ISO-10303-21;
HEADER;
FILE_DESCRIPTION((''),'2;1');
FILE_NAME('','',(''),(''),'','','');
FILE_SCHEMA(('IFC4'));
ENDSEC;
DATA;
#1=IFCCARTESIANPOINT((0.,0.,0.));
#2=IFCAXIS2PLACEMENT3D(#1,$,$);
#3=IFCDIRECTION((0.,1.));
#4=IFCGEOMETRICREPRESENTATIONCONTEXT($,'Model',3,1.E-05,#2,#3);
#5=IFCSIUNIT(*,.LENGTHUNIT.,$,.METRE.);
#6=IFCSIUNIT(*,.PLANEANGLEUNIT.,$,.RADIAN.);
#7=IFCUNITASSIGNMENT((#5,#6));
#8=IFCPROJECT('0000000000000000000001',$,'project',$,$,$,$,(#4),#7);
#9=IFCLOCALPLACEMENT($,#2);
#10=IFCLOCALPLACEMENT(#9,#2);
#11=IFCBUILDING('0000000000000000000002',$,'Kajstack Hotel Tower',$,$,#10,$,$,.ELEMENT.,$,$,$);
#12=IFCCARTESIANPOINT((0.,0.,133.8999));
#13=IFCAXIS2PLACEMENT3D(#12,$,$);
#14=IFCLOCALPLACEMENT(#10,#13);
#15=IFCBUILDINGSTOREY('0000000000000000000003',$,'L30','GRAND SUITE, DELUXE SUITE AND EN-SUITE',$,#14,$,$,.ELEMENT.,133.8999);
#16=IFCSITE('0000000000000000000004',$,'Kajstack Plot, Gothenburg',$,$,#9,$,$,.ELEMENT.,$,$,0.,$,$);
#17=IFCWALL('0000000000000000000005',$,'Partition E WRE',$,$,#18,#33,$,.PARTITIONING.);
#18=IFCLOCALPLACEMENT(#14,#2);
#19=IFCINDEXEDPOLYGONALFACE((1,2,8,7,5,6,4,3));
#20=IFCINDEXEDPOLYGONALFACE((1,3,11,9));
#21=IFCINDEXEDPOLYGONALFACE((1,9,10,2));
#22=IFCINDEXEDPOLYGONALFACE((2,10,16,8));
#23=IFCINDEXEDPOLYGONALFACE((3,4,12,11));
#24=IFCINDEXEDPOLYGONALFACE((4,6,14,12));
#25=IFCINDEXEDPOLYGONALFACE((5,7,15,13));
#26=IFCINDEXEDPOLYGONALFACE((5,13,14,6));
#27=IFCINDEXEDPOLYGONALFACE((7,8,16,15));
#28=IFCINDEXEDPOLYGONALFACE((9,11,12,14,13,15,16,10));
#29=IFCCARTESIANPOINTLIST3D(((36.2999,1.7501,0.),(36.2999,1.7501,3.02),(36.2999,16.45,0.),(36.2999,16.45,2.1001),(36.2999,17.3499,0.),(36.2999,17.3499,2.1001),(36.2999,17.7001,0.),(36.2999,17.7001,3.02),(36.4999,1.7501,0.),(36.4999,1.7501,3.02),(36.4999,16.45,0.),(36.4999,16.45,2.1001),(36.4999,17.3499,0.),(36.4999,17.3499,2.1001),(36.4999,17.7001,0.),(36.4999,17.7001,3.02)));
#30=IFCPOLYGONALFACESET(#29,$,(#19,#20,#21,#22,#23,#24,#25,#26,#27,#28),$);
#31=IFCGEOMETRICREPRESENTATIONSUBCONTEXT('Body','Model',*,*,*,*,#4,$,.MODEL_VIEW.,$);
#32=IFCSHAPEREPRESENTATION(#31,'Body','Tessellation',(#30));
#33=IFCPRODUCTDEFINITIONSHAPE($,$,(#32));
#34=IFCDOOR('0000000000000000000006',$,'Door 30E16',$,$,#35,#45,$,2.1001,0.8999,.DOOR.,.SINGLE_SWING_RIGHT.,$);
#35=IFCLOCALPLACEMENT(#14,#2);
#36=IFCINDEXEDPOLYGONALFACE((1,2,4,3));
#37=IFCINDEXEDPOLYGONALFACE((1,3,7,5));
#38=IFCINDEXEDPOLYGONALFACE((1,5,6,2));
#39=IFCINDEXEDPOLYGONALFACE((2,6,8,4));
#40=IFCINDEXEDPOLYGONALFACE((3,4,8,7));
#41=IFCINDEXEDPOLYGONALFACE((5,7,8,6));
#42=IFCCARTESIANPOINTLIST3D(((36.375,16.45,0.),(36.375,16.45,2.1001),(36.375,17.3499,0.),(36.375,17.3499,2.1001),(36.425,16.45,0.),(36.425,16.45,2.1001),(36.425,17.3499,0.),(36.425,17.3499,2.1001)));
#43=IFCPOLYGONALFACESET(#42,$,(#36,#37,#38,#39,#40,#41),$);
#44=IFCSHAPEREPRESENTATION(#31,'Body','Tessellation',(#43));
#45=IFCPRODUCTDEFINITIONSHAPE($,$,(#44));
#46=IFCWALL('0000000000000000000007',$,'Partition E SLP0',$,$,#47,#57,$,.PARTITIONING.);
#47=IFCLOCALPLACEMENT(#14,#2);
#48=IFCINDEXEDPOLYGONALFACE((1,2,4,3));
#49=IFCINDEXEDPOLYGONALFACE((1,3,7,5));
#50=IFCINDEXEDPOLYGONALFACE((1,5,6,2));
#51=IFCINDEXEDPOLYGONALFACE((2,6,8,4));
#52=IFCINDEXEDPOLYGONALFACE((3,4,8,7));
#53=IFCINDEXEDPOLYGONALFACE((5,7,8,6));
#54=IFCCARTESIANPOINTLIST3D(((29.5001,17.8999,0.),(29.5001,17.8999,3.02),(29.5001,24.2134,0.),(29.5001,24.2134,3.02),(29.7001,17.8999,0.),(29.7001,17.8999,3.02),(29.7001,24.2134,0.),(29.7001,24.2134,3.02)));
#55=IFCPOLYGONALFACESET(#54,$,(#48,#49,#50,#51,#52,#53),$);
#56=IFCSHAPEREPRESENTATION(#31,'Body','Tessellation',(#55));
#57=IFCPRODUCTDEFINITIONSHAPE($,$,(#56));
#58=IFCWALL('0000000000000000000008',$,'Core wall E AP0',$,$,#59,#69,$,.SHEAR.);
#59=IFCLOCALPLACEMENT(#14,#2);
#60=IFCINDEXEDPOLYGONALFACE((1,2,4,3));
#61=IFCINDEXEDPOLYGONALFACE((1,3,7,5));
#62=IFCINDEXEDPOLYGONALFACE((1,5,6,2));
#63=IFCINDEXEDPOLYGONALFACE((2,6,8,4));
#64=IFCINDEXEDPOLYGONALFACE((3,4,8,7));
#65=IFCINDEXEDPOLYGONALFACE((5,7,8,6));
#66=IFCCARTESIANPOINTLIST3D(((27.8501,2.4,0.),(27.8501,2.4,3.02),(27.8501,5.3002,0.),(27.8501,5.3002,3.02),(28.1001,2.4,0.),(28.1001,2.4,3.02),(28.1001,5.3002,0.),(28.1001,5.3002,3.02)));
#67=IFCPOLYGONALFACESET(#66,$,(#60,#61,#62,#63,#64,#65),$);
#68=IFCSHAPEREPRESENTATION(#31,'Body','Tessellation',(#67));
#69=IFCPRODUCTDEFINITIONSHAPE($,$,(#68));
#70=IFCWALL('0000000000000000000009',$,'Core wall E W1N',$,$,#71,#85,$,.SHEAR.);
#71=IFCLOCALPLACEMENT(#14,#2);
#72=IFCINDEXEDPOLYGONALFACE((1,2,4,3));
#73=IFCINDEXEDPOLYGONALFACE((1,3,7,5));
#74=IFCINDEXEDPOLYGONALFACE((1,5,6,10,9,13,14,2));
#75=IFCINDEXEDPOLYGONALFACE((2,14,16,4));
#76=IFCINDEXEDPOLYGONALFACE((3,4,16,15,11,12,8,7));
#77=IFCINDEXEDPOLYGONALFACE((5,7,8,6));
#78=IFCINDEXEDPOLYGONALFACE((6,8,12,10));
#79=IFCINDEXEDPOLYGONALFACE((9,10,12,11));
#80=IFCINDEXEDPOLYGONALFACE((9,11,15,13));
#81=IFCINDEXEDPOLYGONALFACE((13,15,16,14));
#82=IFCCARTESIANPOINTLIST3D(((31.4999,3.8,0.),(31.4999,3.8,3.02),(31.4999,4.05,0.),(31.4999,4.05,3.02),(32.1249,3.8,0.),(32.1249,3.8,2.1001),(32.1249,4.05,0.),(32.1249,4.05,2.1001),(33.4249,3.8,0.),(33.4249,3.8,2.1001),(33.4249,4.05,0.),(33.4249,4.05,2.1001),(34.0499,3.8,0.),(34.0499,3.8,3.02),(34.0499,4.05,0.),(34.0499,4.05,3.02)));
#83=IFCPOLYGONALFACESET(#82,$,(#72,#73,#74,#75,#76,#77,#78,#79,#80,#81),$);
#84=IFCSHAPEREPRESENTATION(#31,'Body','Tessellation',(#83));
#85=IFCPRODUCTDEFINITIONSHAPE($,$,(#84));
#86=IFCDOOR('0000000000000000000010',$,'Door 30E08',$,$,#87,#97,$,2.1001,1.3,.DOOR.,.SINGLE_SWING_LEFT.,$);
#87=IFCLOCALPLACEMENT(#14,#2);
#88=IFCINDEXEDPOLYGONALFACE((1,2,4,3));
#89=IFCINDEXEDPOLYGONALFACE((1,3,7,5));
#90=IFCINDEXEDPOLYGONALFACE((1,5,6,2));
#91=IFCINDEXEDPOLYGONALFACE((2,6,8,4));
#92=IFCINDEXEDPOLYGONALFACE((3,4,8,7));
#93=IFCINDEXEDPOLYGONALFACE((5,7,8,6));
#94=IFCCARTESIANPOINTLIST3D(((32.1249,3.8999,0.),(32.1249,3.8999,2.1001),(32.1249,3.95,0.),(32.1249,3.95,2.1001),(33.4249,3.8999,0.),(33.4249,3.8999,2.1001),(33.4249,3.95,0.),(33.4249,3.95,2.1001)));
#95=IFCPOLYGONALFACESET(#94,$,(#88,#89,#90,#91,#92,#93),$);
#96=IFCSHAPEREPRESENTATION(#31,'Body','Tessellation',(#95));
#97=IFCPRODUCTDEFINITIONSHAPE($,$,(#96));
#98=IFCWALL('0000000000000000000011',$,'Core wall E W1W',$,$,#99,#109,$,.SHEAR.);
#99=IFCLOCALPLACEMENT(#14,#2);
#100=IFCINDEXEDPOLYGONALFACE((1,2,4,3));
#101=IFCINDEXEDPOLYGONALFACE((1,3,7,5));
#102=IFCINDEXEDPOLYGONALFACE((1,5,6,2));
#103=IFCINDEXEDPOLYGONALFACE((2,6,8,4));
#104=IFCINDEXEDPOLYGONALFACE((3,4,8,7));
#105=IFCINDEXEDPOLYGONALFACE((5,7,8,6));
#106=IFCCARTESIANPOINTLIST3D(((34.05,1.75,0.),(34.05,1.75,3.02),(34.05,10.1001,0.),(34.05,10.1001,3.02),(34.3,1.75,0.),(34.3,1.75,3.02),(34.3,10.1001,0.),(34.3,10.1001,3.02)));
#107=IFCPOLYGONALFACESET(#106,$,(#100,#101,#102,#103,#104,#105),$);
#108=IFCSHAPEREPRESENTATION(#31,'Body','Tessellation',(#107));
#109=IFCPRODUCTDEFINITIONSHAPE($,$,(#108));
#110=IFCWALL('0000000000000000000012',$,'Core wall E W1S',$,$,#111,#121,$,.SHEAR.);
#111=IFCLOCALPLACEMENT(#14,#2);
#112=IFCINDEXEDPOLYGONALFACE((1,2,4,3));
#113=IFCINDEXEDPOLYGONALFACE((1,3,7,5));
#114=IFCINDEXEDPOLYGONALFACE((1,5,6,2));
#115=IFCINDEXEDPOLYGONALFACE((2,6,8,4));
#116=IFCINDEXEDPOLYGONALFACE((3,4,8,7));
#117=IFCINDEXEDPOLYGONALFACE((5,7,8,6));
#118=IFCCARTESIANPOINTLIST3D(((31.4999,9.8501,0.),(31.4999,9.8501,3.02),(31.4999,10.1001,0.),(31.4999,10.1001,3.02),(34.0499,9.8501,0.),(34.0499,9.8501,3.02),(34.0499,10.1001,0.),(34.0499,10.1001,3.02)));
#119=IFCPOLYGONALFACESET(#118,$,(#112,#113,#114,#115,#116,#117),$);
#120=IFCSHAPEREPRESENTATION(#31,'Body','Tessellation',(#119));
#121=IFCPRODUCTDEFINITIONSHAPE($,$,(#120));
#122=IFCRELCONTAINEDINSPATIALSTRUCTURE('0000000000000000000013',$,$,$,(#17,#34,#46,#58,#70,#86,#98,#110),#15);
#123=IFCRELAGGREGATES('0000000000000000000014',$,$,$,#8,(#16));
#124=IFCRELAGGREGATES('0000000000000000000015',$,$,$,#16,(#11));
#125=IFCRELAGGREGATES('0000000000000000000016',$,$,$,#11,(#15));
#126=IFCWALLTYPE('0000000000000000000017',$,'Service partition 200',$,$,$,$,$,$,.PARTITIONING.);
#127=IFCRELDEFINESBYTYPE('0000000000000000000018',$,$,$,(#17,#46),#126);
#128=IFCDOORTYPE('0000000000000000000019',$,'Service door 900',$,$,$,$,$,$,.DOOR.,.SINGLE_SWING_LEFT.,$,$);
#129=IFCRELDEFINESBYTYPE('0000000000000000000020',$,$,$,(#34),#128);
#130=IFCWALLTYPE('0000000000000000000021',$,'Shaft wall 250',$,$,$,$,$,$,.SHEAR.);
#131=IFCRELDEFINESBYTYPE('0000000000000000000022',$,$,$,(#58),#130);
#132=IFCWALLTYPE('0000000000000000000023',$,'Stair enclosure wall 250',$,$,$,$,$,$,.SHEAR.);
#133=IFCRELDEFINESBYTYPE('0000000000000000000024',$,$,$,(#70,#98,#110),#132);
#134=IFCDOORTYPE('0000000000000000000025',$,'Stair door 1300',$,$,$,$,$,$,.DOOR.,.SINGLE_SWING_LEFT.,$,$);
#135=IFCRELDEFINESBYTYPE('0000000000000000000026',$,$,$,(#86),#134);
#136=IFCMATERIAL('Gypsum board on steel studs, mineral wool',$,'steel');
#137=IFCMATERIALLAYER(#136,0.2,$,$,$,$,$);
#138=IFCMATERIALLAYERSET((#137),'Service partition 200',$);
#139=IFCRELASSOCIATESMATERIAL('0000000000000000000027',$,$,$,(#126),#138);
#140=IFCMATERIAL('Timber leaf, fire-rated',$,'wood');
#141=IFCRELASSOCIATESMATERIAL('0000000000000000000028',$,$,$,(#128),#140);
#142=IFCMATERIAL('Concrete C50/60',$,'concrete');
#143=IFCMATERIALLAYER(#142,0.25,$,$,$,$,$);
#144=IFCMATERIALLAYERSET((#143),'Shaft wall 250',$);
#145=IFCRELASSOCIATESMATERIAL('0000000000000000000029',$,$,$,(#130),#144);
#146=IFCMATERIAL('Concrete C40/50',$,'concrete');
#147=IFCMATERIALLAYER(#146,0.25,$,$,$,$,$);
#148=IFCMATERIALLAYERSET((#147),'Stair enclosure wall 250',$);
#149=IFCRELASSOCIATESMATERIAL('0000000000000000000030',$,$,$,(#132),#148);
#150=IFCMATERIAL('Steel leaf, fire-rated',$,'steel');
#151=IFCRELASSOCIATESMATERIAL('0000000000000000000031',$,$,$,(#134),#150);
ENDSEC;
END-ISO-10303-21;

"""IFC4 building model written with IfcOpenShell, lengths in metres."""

from ifc_helpers import new_model, si_unit, direction, frame, frame_2d, origin, place, context, subcontext, project, spatial, rectangle, extrude, material, layer, layer_set, type_object, element, fill, save


model = new_model("IFC4")

# Units and contexts
model_context = context("Model", 3, precision=1e-05, world=origin(), true_north=direction((0.0, 1.0)))
body_context = subcontext(model_context, "Body", "Model", "MODEL_VIEW")
ifc_project = project(units=[si_unit("LENGTHUNIT", "METRE"), si_unit("PLANEANGLEUNIT", "RADIAN")], contexts=[model_context])

# Site, building, storey
site_placement = place(None, origin())
site = spatial("IfcSite", under=ifc_project, at=site_placement, Name="Kajstack Plot, Gothenburg", CompositionType="ELEMENT", RefElevation=0.0)
building_placement = place(site_placement, origin())
building = spatial("IfcBuilding", under=site, at=building_placement, Name="Kajstack Hotel Tower", CompositionType="ELEMENT")
storey_placement = place(building_placement, frame((0.0, 0.0, 133.8999)))
storey = spatial("IfcBuildingStorey", under=building, at=storey_placement, Name="L30", Description="GRAND SUITE, DELUXE SUITE AND EN-SUITE", CompositionType="ELEMENT", Elevation=133.8999)

# Shared definitions
ifc_material_1 = material(Name="Concrete C40/50", Category="concrete")

# Shared definitions
ifc_material_2 = material(Name="Gypsum board on steel studs, mineral wool", Category="steel")
ifc_layer_1 = layer(ifc_material_2, 0.2)
ifc_layer_set_1 = layer_set([ifc_layer_1], Name="Service partition 200")
wall_type_1 = type_object("IfcWallType", Name="Service partition 200", PredefinedType="PARTITIONING", material=ifc_layer_set_1)
ifc_material_3 = material(Name="Steel leaf, fire-rated", Category="steel")
ifc_material_4 = material(Name="Timber leaf, fire-rated", Category="wood")

# Wall, opening, door
wall_1_placement = place(storey_placement, frame((36.3999, 1.75, 0.0), z_axis=(0.0, 0.0, 1.0), x_axis=(0.0, 1.0, 0.0)))
wall_1 = element("IfcWall", 1, at=wall_1_placement, inside=storey, type_object=wall_type_1, Name="Partition E WRE", PredefinedType="PARTITIONING", context=body_context, shape_type="SweptSolid", body=[
    extrude(rectangle(XDim=15.95, YDim=0.2, at=frame_2d((7.9751, 0.0))), origin(), (0.0, 0.0, 1.0), 3.02),
])
opening_1_placement = place(wall_1_placement, frame((14.7, 0.0, 0.0)))
opening_1 = element("IfcOpeningElement", 2, at=opening_1_placement, cuts=wall_1, PredefinedType="OPENING", context=body_context, shape_type="SweptSolid", body=[
    extrude(rectangle(XDim=0.8999, YDim=2.1001, at=frame_2d((0.45, 1.05))), frame((0.0, 0.1099, 0.0), z_axis=(0.0, -1.0, 0.0), x_axis=(1.0, 0.0, 0.0)), (0.0, 0.0, 1.0), 0.22),
])
door_type_1 = type_object("IfcDoorType", Name="Service door 900", OperationType="SINGLE_SWING_LEFT", PredefinedType="DOOR", material=ifc_material_4)
door_1_placement = place(opening_1_placement, origin())
door_1 = element("IfcDoor", 3, at=door_1_placement, inside=storey, type_object=door_type_1, Name="Door 30E16", OperationType="SINGLE_SWING_RIGHT", OverallHeight=2.1001, OverallWidth=0.8999, PredefinedType="DOOR", context=body_context, shape_type="SweptSolid", body=[
    extrude(rectangle(XDim=0.8999, YDim=2.1001, at=frame_2d((0.45, 1.05))), frame((0.0, 0.0249, 0.0), z_axis=(0.0, -1.0, 0.0), x_axis=(1.0, 0.0, 0.0)), (0.0, 0.0, 1.0), 0.05),
])
fill(opening_1, door_1)

# Walls
wall_2_placement = place(storey_placement, frame((29.6001, 17.8999, 0.0), z_axis=(0.0, 0.0, 1.0), x_axis=(0.0, 1.0, 0.0)))
element("IfcWall", 4, at=wall_2_placement, inside=storey, type_object=wall_type_1, Name="Partition E SLP0", PredefinedType="PARTITIONING", context=body_context, shape_type="SweptSolid", body=[
    extrude(rectangle(XDim=6.3135, YDim=0.2, at=frame_2d((3.1567, 0.0))), origin(), (0.0, 0.0, 1.0), 3.02),
])
ifc_material_5 = material(Name="Concrete C50/60", Category="concrete")
ifc_layer_2 = layer(ifc_material_5, 0.25)
ifc_layer_set_2 = layer_set([ifc_layer_2], Name="Shaft wall 250")
wall_type_2 = type_object("IfcWallType", Name="Shaft wall 250", PredefinedType="SHEAR", material=ifc_layer_set_2)
wall_3_placement = place(storey_placement, frame((27.9751, 2.3999, 0.0), z_axis=(0.0, 0.0, 1.0), x_axis=(0.0, 1.0, 0.0)))
element("IfcWall", 5, at=wall_3_placement, inside=storey, type_object=wall_type_2, Name="Core wall E AP0", PredefinedType="SHEAR", context=body_context, shape_type="SweptSolid", body=[
    extrude(rectangle(XDim=2.9001, YDim=0.25, at=frame_2d((1.4502, 0.0))), origin(), (0.0, 0.0, 1.0), 3.02),
])

# Wall, opening, door
ifc_layer_3 = layer(ifc_material_1, 0.25)
ifc_layer_set_3 = layer_set([ifc_layer_3], Name="Stair enclosure wall 250")
wall_type_3 = type_object("IfcWallType", Name="Stair enclosure wall 250", PredefinedType="SHEAR", material=ifc_layer_set_3)
wall_4_placement = place(storey_placement, frame((31.5, 3.925, 0.0), z_axis=(0.0, 0.0, 1.0), x_axis=(1.0, 0.0, 0.0)))
wall_4 = element("IfcWall", 6, at=wall_4_placement, inside=storey, type_object=wall_type_3, Name="Core wall E W1N", PredefinedType="SHEAR", context=body_context, shape_type="SweptSolid", body=[
    extrude(rectangle(XDim=2.55, YDim=0.25, at=frame_2d((1.2749, 0.0))), origin(), (0.0, 0.0, 1.0), 3.02),
])
opening_2_placement = place(wall_4_placement, frame((0.625, 0.0, 0.0)))
opening_2 = element("IfcOpeningElement", 7, at=opening_2_placement, cuts=wall_4, PredefinedType="OPENING", context=body_context, shape_type="SweptSolid", body=[
    extrude(rectangle(XDim=1.3, YDim=2.1001, at=frame_2d((0.6499, 1.05))), frame((0.0, 0.135, 0.0), z_axis=(0.0, -1.0, 0.0), x_axis=(1.0, 0.0, 0.0)), (0.0, 0.0, 1.0), 0.27),
])
door_type_2 = type_object("IfcDoorType", Name="Stair door 1300", OperationType="SINGLE_SWING_LEFT", PredefinedType="DOOR", material=ifc_material_3)
door_2_placement = place(opening_2_placement, origin())
door_2 = element("IfcDoor", 8, at=door_2_placement, inside=storey, type_object=door_type_2, Name="Door 30E08", OperationType="SINGLE_SWING_LEFT", OverallHeight=2.1001, OverallWidth=1.3, PredefinedType="DOOR", context=body_context, shape_type="SweptSolid", body=[
    extrude(rectangle(XDim=1.3, YDim=2.1001, at=frame_2d((0.6499, 1.05))), frame((0.0, 0.0249, 0.0), z_axis=(0.0, -1.0, 0.0), x_axis=(1.0, 0.0, 0.0)), (0.0, 0.0, 1.0), 0.05),
])
fill(opening_2, door_2)

# Walls
wall_5_placement = place(storey_placement, frame((34.175, 1.75, 0.0), z_axis=(0.0, 0.0, 1.0), x_axis=(0.0, 1.0, 0.0)))
element("IfcWall", 9, at=wall_5_placement, inside=storey, type_object=wall_type_3, Name="Core wall E W1W", PredefinedType="SHEAR", context=body_context, shape_type="SweptSolid", body=[
    extrude(rectangle(XDim=8.3501, YDim=0.25, at=frame_2d((4.175, 0.0))), origin(), (0.0, 0.0, 1.0), 3.02),
])
wall_6_placement = place(storey_placement, frame((31.5, 9.9751, 0.0), z_axis=(0.0, 0.0, 1.0), x_axis=(1.0, 0.0, 0.0)))
element("IfcWall", 10, at=wall_6_placement, inside=storey, type_object=wall_type_3, Name="Core wall E W1S", PredefinedType="SHEAR", context=body_context, shape_type="SweptSolid", body=[
    extrude(rectangle(XDim=2.55, YDim=0.25, at=frame_2d((1.2749, 0.0))), origin(), (0.0, 0.0, 1.0), 3.02),
])

save(model, "model.ifc")
